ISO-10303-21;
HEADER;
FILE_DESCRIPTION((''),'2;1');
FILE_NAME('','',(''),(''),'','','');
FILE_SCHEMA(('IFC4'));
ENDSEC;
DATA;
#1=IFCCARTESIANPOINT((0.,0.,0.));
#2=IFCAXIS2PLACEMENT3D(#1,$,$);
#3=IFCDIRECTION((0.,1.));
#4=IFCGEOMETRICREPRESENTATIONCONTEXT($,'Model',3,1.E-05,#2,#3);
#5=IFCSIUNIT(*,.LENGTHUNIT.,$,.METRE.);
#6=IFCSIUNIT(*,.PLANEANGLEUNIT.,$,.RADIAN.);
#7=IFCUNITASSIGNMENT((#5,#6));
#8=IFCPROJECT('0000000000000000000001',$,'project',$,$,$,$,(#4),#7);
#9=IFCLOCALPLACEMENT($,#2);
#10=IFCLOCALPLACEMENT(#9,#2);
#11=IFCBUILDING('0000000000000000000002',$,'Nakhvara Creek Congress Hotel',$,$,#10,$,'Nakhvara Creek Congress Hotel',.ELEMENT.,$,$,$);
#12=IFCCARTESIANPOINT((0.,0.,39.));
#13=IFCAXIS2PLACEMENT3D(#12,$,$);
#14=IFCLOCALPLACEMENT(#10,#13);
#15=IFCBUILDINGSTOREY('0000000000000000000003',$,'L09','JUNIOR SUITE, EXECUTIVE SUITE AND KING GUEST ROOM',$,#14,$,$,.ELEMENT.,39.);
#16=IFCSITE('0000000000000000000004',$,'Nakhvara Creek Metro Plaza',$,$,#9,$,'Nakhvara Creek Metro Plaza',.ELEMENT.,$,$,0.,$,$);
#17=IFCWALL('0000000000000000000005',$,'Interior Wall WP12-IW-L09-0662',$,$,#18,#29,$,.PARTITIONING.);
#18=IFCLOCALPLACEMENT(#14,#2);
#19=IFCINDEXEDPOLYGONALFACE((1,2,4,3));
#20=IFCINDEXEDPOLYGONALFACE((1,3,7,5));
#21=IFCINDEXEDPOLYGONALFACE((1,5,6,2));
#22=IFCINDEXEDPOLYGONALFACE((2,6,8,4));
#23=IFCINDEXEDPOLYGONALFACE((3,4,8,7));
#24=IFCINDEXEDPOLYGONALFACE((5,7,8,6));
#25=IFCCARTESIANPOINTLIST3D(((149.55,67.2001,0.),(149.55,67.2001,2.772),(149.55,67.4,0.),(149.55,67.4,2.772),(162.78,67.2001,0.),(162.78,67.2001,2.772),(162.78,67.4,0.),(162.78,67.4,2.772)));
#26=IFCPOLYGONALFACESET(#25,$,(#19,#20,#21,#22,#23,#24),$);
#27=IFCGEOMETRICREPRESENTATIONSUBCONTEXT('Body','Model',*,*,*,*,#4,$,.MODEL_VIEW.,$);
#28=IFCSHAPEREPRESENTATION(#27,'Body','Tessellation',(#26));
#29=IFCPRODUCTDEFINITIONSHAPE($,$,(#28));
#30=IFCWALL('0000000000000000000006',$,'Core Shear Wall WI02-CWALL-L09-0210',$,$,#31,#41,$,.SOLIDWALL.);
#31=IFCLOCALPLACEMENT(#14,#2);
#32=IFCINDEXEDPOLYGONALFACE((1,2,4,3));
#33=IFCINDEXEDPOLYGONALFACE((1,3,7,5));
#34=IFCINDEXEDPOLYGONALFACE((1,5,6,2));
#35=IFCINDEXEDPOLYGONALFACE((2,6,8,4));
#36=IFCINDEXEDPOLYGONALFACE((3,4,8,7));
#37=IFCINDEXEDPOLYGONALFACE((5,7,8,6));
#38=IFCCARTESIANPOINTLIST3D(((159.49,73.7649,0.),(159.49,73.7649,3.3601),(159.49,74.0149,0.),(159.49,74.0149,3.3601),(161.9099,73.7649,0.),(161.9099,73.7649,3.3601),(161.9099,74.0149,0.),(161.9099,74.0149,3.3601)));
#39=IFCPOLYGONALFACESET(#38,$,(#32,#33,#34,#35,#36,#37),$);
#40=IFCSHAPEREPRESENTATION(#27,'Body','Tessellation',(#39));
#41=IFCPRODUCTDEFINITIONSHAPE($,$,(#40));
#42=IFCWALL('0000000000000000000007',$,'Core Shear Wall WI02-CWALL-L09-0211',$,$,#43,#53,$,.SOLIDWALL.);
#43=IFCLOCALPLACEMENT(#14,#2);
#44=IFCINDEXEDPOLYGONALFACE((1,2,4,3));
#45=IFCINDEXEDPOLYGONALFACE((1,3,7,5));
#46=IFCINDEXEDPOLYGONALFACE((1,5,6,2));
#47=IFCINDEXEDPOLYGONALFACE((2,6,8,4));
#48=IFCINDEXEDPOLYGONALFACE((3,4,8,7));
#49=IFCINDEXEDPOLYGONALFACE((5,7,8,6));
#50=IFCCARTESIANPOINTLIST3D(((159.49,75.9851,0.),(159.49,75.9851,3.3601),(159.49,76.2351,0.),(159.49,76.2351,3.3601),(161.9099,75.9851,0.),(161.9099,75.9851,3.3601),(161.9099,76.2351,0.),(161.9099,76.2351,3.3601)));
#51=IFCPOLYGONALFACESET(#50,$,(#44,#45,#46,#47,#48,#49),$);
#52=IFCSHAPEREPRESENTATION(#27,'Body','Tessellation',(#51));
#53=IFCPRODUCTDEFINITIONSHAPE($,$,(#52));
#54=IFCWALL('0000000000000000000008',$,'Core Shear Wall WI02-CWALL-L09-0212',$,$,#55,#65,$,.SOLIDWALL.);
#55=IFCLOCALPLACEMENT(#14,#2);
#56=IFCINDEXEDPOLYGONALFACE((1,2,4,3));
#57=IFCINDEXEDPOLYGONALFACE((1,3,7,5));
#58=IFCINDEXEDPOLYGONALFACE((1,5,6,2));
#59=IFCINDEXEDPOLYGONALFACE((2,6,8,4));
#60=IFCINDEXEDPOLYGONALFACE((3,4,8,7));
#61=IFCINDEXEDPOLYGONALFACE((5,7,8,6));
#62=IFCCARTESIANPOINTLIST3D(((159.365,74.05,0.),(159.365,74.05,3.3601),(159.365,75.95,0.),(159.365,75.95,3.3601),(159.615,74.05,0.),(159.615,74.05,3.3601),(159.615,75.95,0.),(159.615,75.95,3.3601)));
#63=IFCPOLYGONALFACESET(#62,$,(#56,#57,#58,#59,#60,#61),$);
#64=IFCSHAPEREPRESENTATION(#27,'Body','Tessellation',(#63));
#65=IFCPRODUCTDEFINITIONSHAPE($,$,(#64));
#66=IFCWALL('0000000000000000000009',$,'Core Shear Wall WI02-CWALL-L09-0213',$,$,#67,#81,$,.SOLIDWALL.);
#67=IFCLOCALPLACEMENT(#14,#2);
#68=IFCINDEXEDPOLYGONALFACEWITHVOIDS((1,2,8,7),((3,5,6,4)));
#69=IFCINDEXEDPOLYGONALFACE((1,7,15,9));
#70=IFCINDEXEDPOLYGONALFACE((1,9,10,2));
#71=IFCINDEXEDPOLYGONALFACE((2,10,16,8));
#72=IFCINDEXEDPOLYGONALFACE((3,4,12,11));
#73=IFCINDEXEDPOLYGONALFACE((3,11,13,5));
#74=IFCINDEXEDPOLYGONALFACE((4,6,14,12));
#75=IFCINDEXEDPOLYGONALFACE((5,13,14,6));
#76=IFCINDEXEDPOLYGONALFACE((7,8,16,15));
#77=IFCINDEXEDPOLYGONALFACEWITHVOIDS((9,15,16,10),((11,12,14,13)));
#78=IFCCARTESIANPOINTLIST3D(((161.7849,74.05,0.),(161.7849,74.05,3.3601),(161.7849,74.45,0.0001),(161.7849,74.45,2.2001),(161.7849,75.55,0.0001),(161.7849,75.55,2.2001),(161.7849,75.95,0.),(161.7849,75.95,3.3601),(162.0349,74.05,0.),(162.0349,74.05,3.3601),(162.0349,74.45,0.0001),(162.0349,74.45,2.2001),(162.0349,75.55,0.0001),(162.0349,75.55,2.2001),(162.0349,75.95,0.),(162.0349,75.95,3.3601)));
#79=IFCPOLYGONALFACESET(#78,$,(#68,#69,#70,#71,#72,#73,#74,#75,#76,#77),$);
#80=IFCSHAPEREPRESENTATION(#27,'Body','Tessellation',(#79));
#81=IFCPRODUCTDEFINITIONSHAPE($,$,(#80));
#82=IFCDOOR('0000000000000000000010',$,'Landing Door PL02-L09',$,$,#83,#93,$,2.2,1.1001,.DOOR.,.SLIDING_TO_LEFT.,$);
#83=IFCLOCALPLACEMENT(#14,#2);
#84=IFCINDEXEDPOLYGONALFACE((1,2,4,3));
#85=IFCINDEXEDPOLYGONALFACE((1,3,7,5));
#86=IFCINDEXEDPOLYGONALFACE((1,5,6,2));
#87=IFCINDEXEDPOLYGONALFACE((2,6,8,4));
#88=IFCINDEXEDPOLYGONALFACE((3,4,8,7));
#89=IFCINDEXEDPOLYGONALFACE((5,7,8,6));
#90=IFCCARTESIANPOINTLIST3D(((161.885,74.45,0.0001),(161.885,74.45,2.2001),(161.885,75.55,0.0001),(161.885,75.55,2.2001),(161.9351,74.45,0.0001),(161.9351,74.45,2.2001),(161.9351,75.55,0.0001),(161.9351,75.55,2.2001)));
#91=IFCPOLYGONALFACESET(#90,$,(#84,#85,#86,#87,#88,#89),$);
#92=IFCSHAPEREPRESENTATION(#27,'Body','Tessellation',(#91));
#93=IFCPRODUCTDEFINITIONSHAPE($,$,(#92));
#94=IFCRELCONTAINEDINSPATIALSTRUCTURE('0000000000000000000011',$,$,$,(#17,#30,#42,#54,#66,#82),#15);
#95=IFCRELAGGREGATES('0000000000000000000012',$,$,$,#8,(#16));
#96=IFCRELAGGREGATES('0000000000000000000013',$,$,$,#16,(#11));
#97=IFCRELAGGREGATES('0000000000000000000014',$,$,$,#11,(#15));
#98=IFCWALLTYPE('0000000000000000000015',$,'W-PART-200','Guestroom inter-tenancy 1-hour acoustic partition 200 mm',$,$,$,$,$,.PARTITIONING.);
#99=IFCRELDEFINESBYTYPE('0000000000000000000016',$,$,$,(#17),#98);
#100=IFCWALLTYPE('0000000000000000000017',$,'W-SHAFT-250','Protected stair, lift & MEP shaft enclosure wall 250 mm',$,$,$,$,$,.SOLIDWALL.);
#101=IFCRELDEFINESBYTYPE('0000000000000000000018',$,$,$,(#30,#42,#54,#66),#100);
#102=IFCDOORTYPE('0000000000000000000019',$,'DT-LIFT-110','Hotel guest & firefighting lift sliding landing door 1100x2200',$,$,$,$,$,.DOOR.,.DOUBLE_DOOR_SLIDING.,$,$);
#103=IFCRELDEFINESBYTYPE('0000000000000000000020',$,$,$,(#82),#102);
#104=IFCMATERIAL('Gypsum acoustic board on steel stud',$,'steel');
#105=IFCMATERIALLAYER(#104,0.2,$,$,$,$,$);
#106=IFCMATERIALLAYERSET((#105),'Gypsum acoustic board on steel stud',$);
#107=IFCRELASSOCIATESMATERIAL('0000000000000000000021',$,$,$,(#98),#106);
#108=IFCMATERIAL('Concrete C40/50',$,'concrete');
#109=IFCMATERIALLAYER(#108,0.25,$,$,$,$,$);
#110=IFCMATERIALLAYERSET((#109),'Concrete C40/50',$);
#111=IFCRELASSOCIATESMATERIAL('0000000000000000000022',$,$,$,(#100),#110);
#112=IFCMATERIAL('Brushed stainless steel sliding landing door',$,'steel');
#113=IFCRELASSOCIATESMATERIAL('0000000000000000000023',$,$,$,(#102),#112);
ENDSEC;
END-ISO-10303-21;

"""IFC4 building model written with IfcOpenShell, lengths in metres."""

from ifc_helpers import new_model, si_unit, direction, frame, frame_2d, origin, place, context, subcontext, project, spatial, rectangle, extrude, material, layer, layer_set, type_object, element, fill, save


model = new_model("IFC4")

# Units and contexts
model_context = context("Model", 3, precision=1e-05, world=origin(), true_north=direction((0.0, 1.0)))
body_context = subcontext(model_context, "Body", "Model", "MODEL_VIEW")
ifc_project = project(units=[si_unit("LENGTHUNIT", "METRE"), si_unit("PLANEANGLEUNIT", "RADIAN")], contexts=[model_context])

# Site, building, storey
site_placement = place(None, origin())
site = spatial("IfcSite", under=ifc_project, at=site_placement, Name="Nakhvara Creek Metro Plaza", LongName="Nakhvara Creek Metro Plaza", CompositionType="ELEMENT", RefElevation=0.0)
building_placement = place(site_placement, origin())
building = spatial("IfcBuilding", under=site, at=building_placement, Name="Nakhvara Creek Congress Hotel", LongName="Nakhvara Creek Congress Hotel", CompositionType="ELEMENT")
storey_placement = place(building_placement, frame((0.0, 0.0, 39.0)))
storey = spatial("IfcBuildingStorey", under=building, at=storey_placement, Name="L09", Description="JUNIOR SUITE, EXECUTIVE SUITE AND KING GUEST ROOM", CompositionType="ELEMENT", Elevation=39.0)

# Shared definitions
ifc_material_1 = material(Name="Concrete C40/50", Category="concrete")

# Walls
ifc_material_2 = material(Name="Gypsum acoustic board on steel stud", Category="steel")
ifc_layer_1 = layer(ifc_material_2, 0.2)
ifc_layer_set_1 = layer_set([ifc_layer_1], Name="Gypsum acoustic board on steel stud")
wall_type_1 = type_object("IfcWallType", Name="W-PART-200", Description="Guestroom inter-tenancy 1-hour acoustic partition 200 mm", PredefinedType="PARTITIONING", material=ifc_layer_set_1)
wall_1_placement = place(storey_placement, frame((149.55, 67.3, 0.0), z_axis=(0.0, 0.0, 1.0), x_axis=(1.0, 0.0, 0.0)))
element("IfcWall", 1, at=wall_1_placement, inside=storey, type_object=wall_type_1, Name="Interior Wall WP12-IW-L09-0662", PredefinedType="PARTITIONING", context=body_context, shape_type="SweptSolid", body=[
    extrude(rectangle(XDim=13.23, YDim=0.2, at=frame_2d((6.615, 0.0))), origin(), (0.0, 0.0, 1.0), 2.772),
])
ifc_layer_2 = layer(ifc_material_1, 0.25)
ifc_layer_set_2 = layer_set([ifc_layer_2], Name="Concrete C40/50")
wall_type_2 = type_object("IfcWallType", Name="W-SHAFT-250", Description="Protected stair, lift & MEP shaft enclosure wall 250 mm", PredefinedType="SOLIDWALL", material=ifc_layer_set_2)
for number, where, z_axis, x_axis, name in (
    (2, (159.49, 73.8899, 0.0), (0.0, 0.0, 1.0), (1.0, 0.0, 0.0), "Core Shear Wall WI02-CWALL-L09-0210"),
    (3, (159.49, 76.1101, 0.0), (0.0, 0.0, 1.0), (1.0, 0.0, 0.0), "Core Shear Wall WI02-CWALL-L09-0211"),
):
    element("IfcWall", number, at=place(storey_placement, frame(where, z_axis=z_axis, x_axis=x_axis)), inside=storey, type_object=wall_type_2, Name=name, PredefinedType="SOLIDWALL", context=body_context, shape_type="SweptSolid", body=[
        extrude(rectangle(XDim=2.4199, YDim=0.25, at=frame_2d((1.21, 0.0))), origin(), (0.0, 0.0, 1.0), 3.3601),
    ])
wall_2_placement = place(storey_placement, frame((159.49, 74.05, 0.0), z_axis=(0.0, 0.0, 1.0), x_axis=(0.0, 1.0, 0.0)))
element("IfcWall", 4, at=wall_2_placement, inside=storey, type_object=wall_type_2, Name="Core Shear Wall WI02-CWALL-L09-0212", PredefinedType="SOLIDWALL", context=body_context, shape_type="SweptSolid", body=[
    extrude(rectangle(XDim=1.8999, YDim=0.25, at=frame_2d((0.95, 0.0))), origin(), (0.0, 0.0, 1.0), 3.3601),
])

# Wall, opening, door
wall_3_placement = place(storey_placement, frame((161.9099, 74.05, 0.0), z_axis=(0.0, 0.0, 1.0), x_axis=(0.0, 1.0, 0.0)))
wall_3 = element("IfcWall", 5, at=wall_3_placement, inside=storey, type_object=wall_type_2, Name="Core Shear Wall WI02-CWALL-L09-0213", PredefinedType="SOLIDWALL", context=body_context, shape_type="SweptSolid", body=[
    extrude(rectangle(XDim=1.8999, YDim=0.25, at=frame_2d((0.95, 0.0))), origin(), (0.0, 0.0, 1.0), 3.3601),
])
opening_1_placement = place(wall_3_placement, frame((0.3999, 0.0, 0.0)))
opening_1 = element("IfcOpeningElement", 6, at=opening_1_placement, cuts=wall_3, PredefinedType="OPENING", context=body_context, shape_type="SweptSolid", body=[
    extrude(rectangle(XDim=1.1001, YDim=2.2, at=frame_2d((0.55, 1.1001))), frame((0.0, 0.137, 0.0), z_axis=(0.0, -1.0, 0.0), x_axis=(1.0, 0.0, 0.0)), (0.0, 0.0, 1.0), 0.2739),
])
ifc_material_3 = material(Name="Brushed stainless steel sliding landing door", Category="steel")
door_type_1 = type_object("IfcDoorType", Name="DT-LIFT-110", Description="Hotel guest & firefighting lift sliding landing door 1100x2200", OperationType="DOUBLE_DOOR_SLIDING", PredefinedType="DOOR", material=ifc_material_3)
door_1_placement = place(opening_1_placement, origin())
door_1 = element("IfcDoor", 7, at=door_1_placement, inside=storey, type_object=door_type_1, Name="Landing Door PL02-L09", OperationType="SLIDING_TO_LEFT", OverallHeight=2.2, OverallWidth=1.1001, PredefinedType="DOOR", context=body_context, shape_type="SweptSolid", body=[
    extrude(rectangle(XDim=1.1001, YDim=2.2, at=frame_2d((0.55, 1.1001))), frame((0.0, 0.0249, 0.0), z_axis=(0.0, -1.0, 0.0), x_axis=(1.0, 0.0, 0.0)), (0.0, 0.0, 1.0), 0.05),
])
fill(opening_1, door_1)

save(model, "model.ifc")
